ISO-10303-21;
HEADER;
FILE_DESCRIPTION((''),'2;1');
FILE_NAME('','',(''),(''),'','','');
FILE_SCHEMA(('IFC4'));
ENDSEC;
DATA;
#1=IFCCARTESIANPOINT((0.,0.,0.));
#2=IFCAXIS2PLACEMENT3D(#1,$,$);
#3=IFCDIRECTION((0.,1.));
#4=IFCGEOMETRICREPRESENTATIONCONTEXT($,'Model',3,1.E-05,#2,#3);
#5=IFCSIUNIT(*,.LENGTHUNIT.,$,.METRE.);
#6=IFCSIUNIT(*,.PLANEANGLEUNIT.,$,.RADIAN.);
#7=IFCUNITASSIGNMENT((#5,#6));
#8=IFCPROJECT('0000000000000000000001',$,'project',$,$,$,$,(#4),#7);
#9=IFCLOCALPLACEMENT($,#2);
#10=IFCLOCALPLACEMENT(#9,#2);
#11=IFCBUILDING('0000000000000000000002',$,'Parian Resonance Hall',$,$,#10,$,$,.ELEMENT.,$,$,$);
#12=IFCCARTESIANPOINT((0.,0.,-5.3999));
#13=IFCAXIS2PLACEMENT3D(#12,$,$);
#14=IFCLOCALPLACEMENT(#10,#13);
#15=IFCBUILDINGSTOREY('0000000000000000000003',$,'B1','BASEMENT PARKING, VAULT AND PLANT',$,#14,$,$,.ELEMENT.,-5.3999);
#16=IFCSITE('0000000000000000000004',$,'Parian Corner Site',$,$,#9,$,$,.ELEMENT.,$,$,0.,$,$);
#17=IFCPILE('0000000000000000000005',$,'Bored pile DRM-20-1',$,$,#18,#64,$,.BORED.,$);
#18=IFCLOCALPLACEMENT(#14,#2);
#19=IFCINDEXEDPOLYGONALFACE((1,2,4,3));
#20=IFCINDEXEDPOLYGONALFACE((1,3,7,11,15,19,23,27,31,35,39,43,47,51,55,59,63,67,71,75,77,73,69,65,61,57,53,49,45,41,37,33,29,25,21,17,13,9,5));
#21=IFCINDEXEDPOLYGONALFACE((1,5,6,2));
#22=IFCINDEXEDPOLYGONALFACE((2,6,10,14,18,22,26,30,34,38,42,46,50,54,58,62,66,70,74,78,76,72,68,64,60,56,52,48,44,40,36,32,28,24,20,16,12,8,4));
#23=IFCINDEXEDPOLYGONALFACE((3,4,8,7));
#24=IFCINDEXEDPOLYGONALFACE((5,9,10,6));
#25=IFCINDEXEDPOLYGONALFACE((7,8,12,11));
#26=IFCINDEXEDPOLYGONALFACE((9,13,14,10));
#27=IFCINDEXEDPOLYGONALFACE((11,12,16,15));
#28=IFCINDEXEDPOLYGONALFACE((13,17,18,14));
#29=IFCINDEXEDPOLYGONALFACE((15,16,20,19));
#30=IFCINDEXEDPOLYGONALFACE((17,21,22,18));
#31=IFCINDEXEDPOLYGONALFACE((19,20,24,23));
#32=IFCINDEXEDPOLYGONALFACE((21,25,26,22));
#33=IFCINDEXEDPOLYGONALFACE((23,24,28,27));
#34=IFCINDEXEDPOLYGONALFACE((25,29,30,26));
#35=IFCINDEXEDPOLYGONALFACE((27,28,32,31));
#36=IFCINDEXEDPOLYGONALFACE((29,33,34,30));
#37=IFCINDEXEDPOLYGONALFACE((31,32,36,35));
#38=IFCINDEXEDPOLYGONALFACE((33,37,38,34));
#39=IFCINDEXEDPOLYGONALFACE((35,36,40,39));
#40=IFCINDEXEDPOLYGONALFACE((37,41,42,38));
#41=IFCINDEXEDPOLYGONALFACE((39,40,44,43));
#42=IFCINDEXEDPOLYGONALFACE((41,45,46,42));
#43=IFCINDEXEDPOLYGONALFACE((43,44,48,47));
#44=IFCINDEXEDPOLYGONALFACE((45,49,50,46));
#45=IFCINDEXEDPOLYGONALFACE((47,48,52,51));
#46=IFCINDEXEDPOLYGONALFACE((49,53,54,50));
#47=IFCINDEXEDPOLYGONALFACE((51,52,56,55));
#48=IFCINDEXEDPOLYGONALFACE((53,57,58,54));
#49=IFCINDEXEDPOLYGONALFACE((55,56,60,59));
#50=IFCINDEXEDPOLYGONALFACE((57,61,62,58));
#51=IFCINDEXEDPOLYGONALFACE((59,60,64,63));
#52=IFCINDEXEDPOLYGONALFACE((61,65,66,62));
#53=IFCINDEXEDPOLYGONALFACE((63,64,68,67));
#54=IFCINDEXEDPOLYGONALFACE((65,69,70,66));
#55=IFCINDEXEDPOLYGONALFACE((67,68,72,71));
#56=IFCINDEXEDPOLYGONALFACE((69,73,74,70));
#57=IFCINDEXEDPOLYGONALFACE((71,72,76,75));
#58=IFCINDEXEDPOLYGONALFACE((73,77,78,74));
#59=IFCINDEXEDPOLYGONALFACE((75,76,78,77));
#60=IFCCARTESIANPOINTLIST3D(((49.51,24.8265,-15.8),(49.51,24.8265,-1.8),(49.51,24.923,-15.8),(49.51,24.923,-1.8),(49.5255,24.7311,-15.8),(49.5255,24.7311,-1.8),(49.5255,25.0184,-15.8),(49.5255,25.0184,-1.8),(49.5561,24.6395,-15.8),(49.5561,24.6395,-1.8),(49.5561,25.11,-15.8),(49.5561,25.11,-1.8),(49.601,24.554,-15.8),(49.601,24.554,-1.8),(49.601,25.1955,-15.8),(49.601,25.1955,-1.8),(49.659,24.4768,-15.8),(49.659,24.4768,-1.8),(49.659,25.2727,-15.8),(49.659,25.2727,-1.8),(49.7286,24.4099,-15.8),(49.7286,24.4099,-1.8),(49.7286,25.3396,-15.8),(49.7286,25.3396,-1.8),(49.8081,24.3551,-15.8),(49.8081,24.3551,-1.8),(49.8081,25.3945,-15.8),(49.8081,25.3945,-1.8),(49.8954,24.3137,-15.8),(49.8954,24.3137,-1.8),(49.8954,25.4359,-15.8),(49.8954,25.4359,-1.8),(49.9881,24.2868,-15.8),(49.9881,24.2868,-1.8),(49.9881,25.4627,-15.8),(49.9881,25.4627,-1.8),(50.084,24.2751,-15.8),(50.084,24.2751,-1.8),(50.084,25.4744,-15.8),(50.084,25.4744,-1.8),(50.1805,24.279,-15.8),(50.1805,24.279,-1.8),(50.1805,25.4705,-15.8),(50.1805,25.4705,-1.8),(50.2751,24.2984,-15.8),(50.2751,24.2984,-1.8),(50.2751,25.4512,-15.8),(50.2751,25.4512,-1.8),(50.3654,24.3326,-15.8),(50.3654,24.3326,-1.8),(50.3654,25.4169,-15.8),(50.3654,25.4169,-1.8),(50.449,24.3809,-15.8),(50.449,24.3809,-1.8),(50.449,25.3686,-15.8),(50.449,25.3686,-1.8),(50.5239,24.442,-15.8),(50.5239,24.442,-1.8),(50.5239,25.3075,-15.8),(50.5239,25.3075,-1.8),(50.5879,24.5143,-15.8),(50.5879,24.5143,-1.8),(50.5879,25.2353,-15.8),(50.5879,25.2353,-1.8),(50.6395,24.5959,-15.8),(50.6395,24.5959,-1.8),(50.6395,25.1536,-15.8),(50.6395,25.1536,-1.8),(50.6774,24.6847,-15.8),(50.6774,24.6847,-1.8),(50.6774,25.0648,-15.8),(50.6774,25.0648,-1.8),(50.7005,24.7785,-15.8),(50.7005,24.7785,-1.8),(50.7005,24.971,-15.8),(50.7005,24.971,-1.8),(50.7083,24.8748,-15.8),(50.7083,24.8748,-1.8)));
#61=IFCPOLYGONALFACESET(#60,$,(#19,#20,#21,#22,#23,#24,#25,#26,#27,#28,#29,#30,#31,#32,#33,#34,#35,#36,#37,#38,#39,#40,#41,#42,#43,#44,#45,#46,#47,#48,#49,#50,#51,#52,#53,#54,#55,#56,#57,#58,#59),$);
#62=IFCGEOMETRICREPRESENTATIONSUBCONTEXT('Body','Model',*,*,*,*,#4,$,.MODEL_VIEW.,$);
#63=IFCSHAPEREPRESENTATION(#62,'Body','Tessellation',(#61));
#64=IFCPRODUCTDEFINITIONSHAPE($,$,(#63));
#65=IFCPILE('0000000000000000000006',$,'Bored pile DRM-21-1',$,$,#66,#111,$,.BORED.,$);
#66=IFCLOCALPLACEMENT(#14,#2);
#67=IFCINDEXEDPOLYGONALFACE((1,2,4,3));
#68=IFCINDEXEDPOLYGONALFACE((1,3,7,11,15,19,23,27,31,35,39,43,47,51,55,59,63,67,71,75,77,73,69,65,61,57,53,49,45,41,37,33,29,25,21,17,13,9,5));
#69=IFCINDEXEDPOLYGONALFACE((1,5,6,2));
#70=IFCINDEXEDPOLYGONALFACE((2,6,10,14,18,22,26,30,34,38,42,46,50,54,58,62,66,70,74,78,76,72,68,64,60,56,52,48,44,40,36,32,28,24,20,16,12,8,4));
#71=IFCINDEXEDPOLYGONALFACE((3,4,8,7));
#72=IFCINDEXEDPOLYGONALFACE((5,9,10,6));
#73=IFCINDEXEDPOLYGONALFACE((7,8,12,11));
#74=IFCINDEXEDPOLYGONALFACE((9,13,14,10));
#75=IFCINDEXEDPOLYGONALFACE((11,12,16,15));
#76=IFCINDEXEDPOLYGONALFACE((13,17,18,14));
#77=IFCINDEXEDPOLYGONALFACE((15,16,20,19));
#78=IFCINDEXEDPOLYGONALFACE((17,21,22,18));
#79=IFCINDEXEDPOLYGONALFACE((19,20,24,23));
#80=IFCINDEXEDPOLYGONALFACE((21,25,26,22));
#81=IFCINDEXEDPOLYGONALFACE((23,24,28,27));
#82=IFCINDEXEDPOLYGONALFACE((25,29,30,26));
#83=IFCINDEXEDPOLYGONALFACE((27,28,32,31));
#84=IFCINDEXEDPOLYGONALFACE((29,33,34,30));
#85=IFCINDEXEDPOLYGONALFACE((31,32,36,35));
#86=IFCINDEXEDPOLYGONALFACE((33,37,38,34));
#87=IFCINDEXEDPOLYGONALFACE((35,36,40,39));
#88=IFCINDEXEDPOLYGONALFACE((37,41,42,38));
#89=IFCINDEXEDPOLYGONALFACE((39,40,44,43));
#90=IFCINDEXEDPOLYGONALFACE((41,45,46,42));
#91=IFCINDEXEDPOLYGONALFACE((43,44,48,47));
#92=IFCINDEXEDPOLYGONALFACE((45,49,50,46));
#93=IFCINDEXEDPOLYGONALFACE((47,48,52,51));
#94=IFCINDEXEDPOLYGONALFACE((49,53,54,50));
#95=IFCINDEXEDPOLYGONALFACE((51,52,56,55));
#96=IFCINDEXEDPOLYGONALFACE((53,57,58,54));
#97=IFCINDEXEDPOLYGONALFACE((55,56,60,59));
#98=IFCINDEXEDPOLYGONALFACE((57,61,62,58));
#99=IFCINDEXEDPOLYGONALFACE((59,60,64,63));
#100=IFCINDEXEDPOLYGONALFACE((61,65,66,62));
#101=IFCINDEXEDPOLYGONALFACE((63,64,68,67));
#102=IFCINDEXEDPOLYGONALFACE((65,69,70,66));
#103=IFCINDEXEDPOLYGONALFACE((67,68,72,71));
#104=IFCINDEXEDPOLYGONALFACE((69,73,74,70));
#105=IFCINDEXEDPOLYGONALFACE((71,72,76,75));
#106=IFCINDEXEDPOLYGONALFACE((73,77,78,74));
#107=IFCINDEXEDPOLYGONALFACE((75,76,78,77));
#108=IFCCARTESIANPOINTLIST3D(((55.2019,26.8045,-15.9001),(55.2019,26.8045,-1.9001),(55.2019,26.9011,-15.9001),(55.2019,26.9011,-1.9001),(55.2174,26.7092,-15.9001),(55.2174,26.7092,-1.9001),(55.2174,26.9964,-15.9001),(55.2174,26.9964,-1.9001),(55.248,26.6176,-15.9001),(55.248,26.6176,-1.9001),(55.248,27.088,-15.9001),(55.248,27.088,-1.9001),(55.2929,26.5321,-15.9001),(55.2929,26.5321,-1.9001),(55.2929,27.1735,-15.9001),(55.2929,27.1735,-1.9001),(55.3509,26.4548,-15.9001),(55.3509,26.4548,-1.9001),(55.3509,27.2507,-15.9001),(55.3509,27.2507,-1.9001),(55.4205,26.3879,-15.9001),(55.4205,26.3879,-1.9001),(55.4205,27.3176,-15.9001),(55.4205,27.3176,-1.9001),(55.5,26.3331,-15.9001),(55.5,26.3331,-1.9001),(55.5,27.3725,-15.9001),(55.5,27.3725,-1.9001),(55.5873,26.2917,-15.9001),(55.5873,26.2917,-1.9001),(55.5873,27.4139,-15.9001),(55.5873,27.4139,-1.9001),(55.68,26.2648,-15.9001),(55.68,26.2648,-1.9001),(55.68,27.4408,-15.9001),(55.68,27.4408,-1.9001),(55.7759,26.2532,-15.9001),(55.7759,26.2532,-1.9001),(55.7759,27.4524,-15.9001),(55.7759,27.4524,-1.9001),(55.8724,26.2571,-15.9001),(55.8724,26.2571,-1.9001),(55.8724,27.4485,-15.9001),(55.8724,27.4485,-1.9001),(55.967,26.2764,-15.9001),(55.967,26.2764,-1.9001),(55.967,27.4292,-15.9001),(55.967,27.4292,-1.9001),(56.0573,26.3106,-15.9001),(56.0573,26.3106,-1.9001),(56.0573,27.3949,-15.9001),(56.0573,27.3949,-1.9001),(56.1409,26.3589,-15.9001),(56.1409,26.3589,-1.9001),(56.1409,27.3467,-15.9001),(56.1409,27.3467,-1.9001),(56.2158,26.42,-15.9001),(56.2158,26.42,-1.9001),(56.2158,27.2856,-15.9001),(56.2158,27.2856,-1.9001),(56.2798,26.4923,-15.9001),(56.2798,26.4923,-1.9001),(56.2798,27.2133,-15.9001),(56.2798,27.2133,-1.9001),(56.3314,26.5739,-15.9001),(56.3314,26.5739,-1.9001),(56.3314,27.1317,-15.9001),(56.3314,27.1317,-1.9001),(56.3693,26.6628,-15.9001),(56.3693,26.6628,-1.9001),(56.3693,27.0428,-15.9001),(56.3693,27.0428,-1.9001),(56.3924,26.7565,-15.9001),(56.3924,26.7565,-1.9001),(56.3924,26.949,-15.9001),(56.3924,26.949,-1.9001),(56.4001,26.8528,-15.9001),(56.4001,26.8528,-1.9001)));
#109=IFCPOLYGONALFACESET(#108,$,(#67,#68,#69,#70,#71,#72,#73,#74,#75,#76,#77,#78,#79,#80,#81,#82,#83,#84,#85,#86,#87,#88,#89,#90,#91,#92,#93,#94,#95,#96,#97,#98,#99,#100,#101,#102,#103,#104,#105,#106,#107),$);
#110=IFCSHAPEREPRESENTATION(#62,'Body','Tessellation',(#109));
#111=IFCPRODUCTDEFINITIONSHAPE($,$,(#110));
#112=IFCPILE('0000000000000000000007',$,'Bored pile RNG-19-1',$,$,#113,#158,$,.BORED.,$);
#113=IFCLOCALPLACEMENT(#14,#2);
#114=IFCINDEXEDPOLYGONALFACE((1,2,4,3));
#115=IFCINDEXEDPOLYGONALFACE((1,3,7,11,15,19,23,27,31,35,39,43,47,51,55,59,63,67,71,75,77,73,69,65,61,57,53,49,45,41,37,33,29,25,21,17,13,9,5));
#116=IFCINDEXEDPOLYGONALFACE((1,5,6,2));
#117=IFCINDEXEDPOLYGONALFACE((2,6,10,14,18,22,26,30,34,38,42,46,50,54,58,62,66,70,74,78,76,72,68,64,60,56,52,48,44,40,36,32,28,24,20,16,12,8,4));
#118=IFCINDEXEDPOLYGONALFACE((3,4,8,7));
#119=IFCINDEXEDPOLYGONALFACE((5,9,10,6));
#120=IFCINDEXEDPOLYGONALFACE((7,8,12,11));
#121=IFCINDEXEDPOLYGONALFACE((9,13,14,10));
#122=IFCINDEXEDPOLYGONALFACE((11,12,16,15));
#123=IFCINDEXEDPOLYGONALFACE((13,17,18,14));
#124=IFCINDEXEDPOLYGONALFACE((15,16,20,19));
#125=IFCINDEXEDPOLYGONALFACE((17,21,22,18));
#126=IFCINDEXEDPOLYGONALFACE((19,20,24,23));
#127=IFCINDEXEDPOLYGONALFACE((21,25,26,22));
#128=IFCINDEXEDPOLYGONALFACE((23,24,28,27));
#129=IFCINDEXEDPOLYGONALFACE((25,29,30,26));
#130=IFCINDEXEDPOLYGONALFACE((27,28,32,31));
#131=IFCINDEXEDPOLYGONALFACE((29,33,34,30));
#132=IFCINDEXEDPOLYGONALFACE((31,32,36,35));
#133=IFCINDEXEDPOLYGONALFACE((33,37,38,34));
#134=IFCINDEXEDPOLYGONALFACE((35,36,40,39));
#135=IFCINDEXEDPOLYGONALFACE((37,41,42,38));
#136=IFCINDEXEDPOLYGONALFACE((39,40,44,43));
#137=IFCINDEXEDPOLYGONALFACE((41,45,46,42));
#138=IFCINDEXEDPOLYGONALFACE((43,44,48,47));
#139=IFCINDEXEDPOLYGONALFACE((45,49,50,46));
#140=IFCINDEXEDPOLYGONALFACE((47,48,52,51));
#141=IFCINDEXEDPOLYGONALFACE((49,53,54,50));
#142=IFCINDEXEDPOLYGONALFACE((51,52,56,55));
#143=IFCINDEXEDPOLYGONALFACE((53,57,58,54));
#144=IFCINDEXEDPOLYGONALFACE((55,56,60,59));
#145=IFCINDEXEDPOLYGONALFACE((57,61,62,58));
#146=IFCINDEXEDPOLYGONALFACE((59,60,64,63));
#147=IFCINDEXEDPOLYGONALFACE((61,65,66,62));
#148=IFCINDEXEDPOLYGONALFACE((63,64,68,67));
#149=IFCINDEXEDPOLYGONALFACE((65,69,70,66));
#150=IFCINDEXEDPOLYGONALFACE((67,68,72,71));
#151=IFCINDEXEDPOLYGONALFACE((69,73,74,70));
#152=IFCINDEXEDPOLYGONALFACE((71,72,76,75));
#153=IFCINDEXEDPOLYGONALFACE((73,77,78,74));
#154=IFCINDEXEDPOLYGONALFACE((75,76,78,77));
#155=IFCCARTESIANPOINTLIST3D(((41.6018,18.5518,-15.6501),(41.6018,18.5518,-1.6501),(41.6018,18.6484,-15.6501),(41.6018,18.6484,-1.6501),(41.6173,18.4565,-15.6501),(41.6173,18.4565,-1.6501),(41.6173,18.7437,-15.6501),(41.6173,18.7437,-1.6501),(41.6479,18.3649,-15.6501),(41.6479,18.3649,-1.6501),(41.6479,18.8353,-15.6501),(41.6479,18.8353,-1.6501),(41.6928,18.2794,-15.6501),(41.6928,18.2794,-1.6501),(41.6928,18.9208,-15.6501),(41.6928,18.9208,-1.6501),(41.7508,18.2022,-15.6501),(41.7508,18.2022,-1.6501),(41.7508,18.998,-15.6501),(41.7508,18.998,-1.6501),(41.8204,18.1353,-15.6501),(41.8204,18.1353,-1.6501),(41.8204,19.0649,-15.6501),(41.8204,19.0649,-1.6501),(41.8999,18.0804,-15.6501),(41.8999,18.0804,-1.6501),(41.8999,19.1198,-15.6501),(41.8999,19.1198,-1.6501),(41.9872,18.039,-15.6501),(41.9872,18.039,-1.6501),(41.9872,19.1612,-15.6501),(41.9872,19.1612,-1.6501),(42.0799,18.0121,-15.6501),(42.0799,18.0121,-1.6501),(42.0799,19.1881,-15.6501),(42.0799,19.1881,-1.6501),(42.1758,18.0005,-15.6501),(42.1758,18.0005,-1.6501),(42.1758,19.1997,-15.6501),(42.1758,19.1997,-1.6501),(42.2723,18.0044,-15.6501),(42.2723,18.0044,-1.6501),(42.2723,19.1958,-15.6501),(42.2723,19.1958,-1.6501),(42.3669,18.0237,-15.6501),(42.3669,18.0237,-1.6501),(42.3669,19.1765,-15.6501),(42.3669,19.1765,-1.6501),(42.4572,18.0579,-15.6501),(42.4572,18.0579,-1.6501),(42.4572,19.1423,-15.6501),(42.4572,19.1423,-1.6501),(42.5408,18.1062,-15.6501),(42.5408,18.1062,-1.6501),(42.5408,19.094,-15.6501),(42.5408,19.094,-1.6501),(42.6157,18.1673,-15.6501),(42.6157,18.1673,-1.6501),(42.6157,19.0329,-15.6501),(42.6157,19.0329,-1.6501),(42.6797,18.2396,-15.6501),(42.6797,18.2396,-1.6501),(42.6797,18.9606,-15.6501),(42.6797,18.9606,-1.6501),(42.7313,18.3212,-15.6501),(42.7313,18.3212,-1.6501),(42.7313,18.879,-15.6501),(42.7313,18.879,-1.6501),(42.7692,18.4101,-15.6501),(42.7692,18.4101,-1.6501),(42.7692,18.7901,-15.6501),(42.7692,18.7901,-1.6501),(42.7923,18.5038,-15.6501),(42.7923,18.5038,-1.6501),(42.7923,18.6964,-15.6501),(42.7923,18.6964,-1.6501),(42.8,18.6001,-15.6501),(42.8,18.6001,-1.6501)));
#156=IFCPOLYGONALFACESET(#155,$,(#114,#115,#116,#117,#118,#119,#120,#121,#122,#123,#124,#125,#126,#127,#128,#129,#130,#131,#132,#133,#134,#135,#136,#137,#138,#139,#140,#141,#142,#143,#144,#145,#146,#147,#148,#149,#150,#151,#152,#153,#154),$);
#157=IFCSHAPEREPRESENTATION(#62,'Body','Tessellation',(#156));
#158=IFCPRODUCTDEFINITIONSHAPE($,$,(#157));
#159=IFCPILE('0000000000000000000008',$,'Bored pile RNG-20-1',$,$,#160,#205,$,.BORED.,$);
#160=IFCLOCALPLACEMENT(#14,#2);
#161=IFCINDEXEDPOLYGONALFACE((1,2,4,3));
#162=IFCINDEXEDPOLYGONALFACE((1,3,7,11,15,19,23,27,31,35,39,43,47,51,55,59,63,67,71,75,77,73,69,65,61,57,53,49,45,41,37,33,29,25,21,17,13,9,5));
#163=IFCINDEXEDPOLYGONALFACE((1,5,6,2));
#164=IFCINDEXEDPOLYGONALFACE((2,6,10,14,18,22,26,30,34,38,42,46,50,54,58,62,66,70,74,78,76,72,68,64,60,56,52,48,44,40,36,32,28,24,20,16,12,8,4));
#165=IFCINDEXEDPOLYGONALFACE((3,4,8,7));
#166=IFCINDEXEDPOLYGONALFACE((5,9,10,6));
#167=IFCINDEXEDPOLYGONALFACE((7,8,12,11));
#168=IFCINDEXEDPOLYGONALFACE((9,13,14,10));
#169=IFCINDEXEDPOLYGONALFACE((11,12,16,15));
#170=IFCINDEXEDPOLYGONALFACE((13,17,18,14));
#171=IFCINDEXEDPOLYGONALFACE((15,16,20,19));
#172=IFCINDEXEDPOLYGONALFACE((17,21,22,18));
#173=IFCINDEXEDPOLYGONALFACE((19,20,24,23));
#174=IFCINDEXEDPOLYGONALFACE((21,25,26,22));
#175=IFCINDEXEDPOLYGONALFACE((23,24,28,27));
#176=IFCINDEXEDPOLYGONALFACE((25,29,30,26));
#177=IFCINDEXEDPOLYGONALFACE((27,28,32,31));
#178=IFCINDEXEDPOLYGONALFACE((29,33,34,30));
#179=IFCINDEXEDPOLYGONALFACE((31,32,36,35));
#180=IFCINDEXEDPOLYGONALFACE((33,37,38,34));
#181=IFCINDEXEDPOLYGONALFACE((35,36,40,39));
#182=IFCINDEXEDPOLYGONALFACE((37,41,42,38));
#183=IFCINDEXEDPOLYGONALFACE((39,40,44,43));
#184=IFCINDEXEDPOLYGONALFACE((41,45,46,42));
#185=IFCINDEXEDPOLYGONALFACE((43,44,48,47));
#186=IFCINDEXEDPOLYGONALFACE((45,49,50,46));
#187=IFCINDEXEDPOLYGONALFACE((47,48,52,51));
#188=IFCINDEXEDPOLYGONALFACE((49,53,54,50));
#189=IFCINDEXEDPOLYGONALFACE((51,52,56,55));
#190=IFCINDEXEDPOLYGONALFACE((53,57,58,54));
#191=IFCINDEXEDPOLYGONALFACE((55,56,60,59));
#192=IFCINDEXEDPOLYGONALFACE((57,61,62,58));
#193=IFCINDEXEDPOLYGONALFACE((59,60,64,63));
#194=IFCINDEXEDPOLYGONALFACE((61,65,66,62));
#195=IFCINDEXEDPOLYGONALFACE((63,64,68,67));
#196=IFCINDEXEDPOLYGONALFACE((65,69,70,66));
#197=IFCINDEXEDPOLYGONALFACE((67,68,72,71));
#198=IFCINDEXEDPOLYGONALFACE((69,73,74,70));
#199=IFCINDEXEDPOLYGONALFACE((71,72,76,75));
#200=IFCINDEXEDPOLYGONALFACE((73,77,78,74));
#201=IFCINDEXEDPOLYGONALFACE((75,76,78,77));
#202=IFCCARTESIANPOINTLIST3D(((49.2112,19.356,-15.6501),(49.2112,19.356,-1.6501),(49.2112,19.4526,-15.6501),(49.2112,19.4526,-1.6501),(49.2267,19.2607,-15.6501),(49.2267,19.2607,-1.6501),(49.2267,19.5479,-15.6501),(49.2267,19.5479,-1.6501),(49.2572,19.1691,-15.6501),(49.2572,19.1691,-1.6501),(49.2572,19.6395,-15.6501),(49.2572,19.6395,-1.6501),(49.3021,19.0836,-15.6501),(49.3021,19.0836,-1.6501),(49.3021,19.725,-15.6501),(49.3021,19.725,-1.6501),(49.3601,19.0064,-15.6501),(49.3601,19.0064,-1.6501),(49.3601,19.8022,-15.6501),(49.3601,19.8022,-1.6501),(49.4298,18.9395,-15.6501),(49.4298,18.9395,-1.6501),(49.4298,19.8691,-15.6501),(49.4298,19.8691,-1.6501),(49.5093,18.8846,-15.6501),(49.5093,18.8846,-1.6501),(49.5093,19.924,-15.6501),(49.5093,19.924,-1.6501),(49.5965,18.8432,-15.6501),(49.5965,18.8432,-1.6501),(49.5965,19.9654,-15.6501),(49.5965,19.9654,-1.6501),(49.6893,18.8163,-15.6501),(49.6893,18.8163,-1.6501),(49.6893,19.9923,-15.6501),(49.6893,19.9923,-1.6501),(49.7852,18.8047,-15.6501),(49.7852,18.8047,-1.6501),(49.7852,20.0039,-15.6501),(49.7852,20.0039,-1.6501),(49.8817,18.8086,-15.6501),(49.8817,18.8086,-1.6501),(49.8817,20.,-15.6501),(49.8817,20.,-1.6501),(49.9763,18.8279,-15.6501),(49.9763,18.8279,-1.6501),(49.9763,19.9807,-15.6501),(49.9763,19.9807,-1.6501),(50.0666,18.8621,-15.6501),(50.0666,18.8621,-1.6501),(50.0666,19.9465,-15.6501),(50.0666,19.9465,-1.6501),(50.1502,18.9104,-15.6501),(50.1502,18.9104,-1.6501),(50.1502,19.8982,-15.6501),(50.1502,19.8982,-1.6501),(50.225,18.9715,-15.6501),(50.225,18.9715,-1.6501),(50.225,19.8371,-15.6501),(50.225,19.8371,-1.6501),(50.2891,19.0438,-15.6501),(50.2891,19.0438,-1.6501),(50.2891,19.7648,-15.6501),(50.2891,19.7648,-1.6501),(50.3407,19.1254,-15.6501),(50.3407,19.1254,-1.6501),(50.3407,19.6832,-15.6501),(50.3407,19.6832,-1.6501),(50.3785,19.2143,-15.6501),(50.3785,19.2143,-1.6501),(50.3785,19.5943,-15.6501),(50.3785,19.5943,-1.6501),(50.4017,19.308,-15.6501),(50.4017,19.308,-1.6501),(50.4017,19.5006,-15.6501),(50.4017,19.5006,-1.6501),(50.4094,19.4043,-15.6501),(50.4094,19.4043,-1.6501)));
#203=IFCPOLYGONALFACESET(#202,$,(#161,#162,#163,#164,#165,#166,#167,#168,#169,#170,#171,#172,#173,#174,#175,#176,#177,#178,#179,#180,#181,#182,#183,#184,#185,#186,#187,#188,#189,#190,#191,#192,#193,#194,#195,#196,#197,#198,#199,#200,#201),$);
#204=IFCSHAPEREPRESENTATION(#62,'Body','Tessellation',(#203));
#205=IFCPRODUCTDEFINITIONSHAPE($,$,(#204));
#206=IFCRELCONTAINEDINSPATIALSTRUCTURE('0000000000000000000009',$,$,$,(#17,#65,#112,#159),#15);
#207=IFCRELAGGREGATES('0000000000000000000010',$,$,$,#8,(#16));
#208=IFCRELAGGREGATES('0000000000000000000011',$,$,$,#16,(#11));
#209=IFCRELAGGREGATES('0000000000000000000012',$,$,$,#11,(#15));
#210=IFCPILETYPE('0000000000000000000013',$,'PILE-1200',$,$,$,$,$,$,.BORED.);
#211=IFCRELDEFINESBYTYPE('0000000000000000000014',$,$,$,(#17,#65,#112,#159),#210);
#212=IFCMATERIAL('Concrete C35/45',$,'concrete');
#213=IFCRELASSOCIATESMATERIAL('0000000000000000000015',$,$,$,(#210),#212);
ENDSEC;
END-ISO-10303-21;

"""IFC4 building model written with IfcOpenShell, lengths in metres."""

from ifc_helpers import new_model, si_unit, direction, frame, origin, origin_2d, place, context, subcontext, project, spatial, circle, extrude, material, material_profile, profile_set, type_object, element, save


model = new_model("IFC4")

# Units and contexts
model_context = context("Model", 3, precision=1e-05, world=origin(), true_north=direction((0.0, 1.0)))
body_context = subcontext(model_context, "Body", "Model", "MODEL_VIEW")
ifc_project = project(units=[si_unit("LENGTHUNIT", "METRE"), si_unit("PLANEANGLEUNIT", "RADIAN")], contexts=[model_context])

# Site, building, storey
site_placement = place(None, origin())
site = spatial("IfcSite", under=ifc_project, at=site_placement, Name="Parian Corner Site", CompositionType="ELEMENT", RefElevation=0.0)
building_placement = place(site_placement, origin())
building = spatial("IfcBuilding", under=site, at=building_placement, Name="Parian Resonance Hall", CompositionType="ELEMENT")
storey_placement = place(building_placement, frame((0.0, 0.0, -5.3999)))
storey = spatial("IfcBuildingStorey", under=building, at=storey_placement, Name="B1", Description="BASEMENT PARKING, VAULT AND PLANT", CompositionType="ELEMENT", Elevation=-5.3999)

# Piles
ifc_material_1 = material(Name="Concrete C35/45", Category="concrete")
ifc_material_profile_1 = material_profile(ifc_material_1, circle(Radius=0.6001, at=origin_2d()), Name="PILE-D1200")
ifc_profile_set_1 = profile_set([ifc_material_profile_1], Name="Concrete C35/45")
pile_type = type_object("IfcPileType", Name="PILE-1200", PredefinedType="BORED", material=ifc_profile_set_1)
for number, where, z_axis, x_axis, name in (
    (1, (50.1082, 24.8748, -1.8), (0.0, 0.0, -1.0), (1.0, 0.0, 0.0), "Bored pile DRM-20-1"),
    (2, (55.8, 26.8528, -1.9001), (0.0, 0.0, -1.0), (1.0, 0.0, 0.0), "Bored pile DRM-21-1"),
    (3, (42.2, 18.6001, -1.6501), (0.0, 0.0, -1.0), (1.0, 0.0, 0.0), "Bored pile RNG-19-1"),
    (4, (49.8093, 19.4043, -1.6501), (0.0, 0.0, -1.0), (1.0, 0.0, 0.0), "Bored pile RNG-20-1"),
):
    element("IfcPile", number, at=place(storey_placement, frame(where, z_axis=z_axis, x_axis=x_axis)), inside=storey, type_object=pile_type, Name=name, PredefinedType="BORED", context=body_context, shape_type="SweptSolid", body=[
        extrude(circle(Radius=0.6001, at=origin_2d()), origin(), (0.0, 0.0, 1.0), 14.0),
    ])

save(model, "model.ifc")
